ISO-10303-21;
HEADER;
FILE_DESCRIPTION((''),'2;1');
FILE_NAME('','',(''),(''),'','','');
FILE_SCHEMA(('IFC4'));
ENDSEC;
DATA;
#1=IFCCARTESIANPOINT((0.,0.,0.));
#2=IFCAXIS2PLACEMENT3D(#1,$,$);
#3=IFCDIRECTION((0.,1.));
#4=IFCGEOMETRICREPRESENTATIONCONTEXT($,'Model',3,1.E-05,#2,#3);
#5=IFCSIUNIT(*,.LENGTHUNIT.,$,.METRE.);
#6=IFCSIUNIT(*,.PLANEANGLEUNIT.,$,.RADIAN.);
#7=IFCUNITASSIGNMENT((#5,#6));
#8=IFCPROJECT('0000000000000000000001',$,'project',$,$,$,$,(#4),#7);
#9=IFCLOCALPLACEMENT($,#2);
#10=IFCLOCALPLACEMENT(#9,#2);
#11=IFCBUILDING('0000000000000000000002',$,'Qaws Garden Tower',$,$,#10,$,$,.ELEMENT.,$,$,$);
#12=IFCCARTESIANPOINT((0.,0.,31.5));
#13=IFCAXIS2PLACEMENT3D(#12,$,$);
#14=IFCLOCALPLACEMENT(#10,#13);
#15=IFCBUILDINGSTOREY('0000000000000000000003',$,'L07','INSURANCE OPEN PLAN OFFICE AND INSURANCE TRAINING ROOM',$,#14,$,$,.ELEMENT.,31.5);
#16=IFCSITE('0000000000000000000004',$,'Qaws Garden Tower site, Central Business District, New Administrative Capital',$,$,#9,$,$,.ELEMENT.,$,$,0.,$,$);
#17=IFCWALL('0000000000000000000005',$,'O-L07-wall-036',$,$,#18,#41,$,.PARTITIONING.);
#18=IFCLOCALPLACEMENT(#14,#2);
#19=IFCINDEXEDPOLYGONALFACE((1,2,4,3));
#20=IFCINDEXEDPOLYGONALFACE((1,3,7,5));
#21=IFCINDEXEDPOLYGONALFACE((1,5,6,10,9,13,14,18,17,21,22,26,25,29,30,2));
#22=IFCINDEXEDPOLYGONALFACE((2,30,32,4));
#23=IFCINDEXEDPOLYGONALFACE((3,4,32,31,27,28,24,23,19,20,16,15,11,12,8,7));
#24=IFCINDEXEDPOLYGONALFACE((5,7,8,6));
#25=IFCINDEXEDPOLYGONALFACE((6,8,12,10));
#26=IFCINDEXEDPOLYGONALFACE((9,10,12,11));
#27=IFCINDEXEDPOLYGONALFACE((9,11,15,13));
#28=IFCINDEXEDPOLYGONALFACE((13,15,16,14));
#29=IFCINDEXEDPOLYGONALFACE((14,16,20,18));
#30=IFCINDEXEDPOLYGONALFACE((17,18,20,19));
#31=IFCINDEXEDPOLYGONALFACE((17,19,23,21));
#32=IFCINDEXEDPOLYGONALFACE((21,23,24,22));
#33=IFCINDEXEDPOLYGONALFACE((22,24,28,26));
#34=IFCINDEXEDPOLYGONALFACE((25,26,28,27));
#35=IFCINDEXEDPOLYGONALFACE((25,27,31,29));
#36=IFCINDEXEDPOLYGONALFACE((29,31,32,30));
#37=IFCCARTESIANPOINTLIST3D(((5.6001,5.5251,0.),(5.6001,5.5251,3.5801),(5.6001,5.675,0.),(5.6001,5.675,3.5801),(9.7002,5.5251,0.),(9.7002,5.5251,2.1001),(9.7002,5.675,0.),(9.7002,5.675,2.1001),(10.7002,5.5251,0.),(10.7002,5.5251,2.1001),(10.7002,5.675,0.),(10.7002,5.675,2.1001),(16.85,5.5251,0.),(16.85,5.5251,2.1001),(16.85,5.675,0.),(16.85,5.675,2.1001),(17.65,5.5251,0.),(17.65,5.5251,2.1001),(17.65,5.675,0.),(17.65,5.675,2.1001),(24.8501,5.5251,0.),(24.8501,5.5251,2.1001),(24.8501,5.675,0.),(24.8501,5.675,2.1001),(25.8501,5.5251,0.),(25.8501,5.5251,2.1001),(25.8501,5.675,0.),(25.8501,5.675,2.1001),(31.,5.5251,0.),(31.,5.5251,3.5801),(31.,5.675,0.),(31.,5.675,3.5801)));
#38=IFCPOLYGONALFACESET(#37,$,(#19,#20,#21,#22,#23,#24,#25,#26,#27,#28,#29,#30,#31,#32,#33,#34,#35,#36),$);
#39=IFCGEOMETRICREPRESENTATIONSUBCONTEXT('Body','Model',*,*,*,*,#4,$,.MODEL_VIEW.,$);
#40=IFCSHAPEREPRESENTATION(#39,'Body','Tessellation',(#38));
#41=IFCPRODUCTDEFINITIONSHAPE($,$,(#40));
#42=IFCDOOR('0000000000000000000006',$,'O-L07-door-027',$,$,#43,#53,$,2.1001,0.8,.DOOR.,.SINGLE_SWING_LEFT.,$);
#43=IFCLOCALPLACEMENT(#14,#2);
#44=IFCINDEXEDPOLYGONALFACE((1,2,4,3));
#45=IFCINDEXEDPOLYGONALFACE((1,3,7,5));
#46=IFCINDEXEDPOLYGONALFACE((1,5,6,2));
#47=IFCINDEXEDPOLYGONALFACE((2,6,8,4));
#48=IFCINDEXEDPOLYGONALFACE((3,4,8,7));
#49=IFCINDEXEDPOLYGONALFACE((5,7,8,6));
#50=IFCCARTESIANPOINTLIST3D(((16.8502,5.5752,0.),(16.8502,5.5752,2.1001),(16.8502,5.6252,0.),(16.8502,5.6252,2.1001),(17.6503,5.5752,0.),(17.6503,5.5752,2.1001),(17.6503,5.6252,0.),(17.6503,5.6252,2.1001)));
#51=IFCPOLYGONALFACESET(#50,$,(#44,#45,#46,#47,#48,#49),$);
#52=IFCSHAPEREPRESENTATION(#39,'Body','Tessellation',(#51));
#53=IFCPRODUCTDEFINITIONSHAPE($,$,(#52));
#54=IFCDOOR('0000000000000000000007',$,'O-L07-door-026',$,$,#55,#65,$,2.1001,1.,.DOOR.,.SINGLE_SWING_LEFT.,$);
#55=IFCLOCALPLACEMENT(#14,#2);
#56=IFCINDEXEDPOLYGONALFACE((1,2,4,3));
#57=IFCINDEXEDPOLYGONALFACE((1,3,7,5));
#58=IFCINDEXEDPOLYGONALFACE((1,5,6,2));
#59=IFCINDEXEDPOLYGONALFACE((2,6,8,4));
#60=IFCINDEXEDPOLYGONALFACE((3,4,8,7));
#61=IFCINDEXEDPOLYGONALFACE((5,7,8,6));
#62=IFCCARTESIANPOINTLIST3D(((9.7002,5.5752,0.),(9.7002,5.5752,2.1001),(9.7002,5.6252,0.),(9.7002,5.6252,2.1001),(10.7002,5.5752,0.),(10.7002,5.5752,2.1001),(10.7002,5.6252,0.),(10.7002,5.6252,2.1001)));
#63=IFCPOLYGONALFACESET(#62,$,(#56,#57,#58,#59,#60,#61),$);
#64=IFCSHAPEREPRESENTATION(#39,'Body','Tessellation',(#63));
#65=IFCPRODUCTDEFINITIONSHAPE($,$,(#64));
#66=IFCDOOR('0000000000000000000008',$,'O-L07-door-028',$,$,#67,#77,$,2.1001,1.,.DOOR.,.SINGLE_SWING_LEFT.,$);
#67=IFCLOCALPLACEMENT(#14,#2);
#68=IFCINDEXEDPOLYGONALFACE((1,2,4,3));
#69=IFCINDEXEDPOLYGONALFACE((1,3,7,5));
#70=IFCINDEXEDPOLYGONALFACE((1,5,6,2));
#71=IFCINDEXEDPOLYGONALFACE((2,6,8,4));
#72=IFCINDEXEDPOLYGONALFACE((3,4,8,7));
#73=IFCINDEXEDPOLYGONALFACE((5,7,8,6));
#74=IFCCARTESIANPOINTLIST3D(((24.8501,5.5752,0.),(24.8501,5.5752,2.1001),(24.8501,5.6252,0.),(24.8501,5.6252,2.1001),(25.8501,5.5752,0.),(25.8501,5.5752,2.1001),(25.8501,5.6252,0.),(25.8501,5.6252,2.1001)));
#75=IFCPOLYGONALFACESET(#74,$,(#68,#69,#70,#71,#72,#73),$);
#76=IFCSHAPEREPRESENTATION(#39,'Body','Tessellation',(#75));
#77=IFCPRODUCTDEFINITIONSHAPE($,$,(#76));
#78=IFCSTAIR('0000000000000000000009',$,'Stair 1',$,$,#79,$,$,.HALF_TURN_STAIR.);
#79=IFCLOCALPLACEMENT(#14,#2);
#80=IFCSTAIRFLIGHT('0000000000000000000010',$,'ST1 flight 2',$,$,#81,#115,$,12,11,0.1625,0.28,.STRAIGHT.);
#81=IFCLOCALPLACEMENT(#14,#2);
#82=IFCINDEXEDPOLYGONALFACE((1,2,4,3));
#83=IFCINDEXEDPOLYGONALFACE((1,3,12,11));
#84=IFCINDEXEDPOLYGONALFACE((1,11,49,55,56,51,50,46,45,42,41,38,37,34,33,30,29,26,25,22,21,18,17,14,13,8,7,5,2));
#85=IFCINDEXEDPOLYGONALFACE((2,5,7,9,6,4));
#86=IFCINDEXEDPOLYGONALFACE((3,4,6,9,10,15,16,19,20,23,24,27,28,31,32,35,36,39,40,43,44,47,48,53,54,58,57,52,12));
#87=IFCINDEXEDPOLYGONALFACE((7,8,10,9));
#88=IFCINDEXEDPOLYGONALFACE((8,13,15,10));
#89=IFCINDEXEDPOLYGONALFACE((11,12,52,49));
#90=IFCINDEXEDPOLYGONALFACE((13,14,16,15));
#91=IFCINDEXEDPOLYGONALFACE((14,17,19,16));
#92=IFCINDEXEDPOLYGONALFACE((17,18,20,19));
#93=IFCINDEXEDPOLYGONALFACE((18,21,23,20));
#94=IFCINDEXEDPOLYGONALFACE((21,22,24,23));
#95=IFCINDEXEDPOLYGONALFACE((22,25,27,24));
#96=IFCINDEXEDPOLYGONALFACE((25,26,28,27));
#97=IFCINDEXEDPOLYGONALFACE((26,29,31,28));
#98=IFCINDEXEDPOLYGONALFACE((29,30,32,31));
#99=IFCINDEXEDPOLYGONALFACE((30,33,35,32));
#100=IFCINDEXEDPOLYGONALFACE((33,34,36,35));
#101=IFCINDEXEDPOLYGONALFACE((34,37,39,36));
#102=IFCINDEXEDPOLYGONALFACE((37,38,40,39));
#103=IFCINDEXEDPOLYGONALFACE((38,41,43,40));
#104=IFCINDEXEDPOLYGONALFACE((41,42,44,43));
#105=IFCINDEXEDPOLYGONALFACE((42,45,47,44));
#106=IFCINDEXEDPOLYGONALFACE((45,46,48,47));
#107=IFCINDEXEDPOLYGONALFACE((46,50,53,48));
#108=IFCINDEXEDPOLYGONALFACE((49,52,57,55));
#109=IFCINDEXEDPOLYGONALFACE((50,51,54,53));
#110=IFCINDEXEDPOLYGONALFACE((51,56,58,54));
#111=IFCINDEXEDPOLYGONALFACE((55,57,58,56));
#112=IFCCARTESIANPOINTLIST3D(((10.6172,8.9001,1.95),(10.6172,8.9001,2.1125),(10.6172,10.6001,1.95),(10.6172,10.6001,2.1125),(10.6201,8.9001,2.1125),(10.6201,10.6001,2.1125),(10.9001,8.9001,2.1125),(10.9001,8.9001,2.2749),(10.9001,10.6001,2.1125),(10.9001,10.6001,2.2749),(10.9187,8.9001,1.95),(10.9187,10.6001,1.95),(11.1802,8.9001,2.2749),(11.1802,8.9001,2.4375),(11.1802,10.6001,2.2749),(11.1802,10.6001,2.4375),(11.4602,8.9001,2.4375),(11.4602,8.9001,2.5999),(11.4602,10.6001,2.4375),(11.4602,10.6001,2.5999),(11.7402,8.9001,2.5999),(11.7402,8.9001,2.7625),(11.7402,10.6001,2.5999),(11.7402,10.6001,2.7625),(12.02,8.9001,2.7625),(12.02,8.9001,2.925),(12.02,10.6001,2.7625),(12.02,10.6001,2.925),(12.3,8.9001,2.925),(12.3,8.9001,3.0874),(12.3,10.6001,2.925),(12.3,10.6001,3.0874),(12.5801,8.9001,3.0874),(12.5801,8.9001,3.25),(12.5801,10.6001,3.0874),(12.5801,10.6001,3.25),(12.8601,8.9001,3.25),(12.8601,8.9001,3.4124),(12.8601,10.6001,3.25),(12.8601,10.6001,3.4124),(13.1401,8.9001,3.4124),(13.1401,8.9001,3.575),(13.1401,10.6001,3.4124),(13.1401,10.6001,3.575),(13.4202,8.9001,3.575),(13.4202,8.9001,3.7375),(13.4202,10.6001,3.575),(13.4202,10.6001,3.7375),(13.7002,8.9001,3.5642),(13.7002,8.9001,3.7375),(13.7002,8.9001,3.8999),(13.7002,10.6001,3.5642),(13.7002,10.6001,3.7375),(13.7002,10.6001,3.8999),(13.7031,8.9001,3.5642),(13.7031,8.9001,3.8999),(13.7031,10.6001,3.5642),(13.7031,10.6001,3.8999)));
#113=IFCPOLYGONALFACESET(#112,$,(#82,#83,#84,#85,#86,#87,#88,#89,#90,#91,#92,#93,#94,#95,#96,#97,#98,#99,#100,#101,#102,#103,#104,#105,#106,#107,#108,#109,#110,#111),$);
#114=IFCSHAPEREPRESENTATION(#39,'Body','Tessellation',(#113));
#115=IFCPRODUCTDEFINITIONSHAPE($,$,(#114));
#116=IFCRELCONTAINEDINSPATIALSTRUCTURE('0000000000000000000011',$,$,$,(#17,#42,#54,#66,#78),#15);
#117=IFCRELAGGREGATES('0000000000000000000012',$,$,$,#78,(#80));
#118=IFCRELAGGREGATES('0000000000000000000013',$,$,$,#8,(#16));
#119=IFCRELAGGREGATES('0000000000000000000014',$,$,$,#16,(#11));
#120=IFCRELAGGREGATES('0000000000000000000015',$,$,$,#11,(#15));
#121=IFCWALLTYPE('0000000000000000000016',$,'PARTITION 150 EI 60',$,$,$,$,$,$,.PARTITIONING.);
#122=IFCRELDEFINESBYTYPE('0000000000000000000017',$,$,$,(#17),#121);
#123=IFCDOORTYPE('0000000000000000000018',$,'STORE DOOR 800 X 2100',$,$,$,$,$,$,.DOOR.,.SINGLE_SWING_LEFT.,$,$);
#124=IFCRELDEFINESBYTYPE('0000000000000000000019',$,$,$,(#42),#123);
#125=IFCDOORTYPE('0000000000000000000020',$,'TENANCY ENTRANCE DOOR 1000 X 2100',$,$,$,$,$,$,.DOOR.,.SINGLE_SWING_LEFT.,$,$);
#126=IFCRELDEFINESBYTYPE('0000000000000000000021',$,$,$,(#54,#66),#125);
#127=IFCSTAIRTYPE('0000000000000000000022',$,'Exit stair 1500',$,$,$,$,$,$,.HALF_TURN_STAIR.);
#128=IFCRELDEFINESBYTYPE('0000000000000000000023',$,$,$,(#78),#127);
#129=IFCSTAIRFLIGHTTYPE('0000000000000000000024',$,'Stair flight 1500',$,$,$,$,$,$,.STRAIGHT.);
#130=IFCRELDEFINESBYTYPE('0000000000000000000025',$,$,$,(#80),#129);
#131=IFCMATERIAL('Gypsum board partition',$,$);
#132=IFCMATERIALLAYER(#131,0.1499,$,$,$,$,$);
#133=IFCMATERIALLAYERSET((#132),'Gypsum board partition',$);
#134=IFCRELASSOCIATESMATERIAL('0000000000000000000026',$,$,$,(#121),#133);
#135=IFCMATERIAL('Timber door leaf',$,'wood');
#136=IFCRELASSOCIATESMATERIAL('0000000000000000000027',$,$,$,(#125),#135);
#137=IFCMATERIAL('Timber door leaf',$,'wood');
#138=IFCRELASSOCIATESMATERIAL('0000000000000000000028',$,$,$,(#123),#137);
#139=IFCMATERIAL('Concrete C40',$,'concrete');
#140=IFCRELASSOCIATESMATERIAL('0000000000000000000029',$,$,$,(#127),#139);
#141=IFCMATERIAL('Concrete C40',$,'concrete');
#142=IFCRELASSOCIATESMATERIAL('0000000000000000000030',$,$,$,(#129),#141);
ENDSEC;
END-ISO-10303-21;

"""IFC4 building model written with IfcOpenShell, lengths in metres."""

from ifc_helpers import new_model, si_unit, direction, frame, frame_2d, origin, place, context, subcontext, project, spatial, polyline, rectangle, outline, extrude, material, layer, layer_set, type_object, element, fill, aggregate, save


model = new_model("IFC4")

# Units and contexts
model_context = context("Model", 3, precision=1e-05, world=origin(), true_north=direction((0.0, 1.0)))
body_context = subcontext(model_context, "Body", "Model", "MODEL_VIEW")
ifc_project = project(units=[si_unit("LENGTHUNIT", "METRE"), si_unit("PLANEANGLEUNIT", "RADIAN")], contexts=[model_context])

# Site, building, storey
site_placement = place(None, origin())
site = spatial("IfcSite", under=ifc_project, at=site_placement, Name="Qaws Garden Tower site, Central Business District, New Administrative Capital", CompositionType="ELEMENT", RefElevation=0.0)
building_placement = place(site_placement, origin())
building = spatial("IfcBuilding", under=site, at=building_placement, Name="Qaws Garden Tower", CompositionType="ELEMENT")
storey_placement = place(building_placement, frame((0.0, 0.0, 31.5)))
storey = spatial("IfcBuildingStorey", under=building, at=storey_placement, Name="L07", Description="INSURANCE OPEN PLAN OFFICE AND INSURANCE TRAINING ROOM", CompositionType="ELEMENT", Elevation=31.5)

# Wall, openings, doors
ifc_material_1 = material(Name="Gypsum board partition")
ifc_layer_1 = layer(ifc_material_1, 0.1499)
ifc_layer_set_1 = layer_set([ifc_layer_1], Name="Gypsum board partition")
wall_type_1 = type_object("IfcWallType", Name="PARTITION 150 EI 60", PredefinedType="PARTITIONING", material=ifc_layer_set_1)
ifc_material_2 = material(Name="Timber door leaf", Category="wood")
door_type_1 = type_object("IfcDoorType", Name="TENANCY ENTRANCE DOOR 1000 X 2100", OperationType="SINGLE_SWING_LEFT", PredefinedType="DOOR", material=ifc_material_2)
wall_1_placement = place(storey_placement, frame((5.6001, 5.6001, 0.0), z_axis=(0.0, 0.0, 1.0), x_axis=(1.0, 0.0, 0.0)))
wall_1 = element("IfcWall", 1, at=wall_1_placement, inside=storey, type_object=wall_type_1, Name="O-L07-wall-036", PredefinedType="PARTITIONING", context=body_context, shape_type="SweptSolid", body=[
    extrude(rectangle(XDim=25.3999, YDim=0.1499, at=frame_2d((12.7, 0.0))), origin(), (0.0, 0.0, 1.0), 3.5801),
])
opening_1_placement = place(wall_1_placement, frame((4.1001, 0.0, 0.0)))
opening_1 = element("IfcOpeningElement", 2, at=opening_1_placement, cuts=wall_1, PredefinedType="OPENING", context=body_context, shape_type="SweptSolid", body=[
    extrude(rectangle(XDim=1.0, YDim=2.1001, at=frame_2d((0.5, 1.05))), frame((0.0, 0.085, 0.0), z_axis=(0.0, -1.0, 0.0), x_axis=(1.0, 0.0, 0.0)), (0.0, 0.0, 1.0), 0.1699),
])
opening_2_placement = place(wall_1_placement, frame((11.25, 0.0, 0.0)))
opening_2 = element("IfcOpeningElement", 3, at=opening_2_placement, cuts=wall_1, PredefinedType="OPENING", context=body_context, shape_type="SweptSolid", body=[
    extrude(rectangle(XDim=0.8, YDim=2.1001, at=frame_2d((0.3999, 1.05))), frame((0.0, 0.085, 0.0), z_axis=(0.0, -1.0, 0.0), x_axis=(1.0, 0.0, 0.0)), (0.0, 0.0, 1.0), 0.1699),
])
opening_3_placement = place(wall_1_placement, frame((19.25, 0.0, 0.0)))
opening_3 = element("IfcOpeningElement", 4, at=opening_3_placement, cuts=wall_1, PredefinedType="OPENING", context=body_context, shape_type="SweptSolid", body=[
    extrude(rectangle(XDim=1.0, YDim=2.1001, at=frame_2d((0.5, 1.05))), frame((0.0, 0.085, 0.0), z_axis=(0.0, -1.0, 0.0), x_axis=(1.0, 0.0, 0.0)), (0.0, 0.0, 1.0), 0.1699),
])
ifc_material_3 = material(Name="Timber door leaf", Category="wood")
door_type_2 = type_object("IfcDoorType", Name="STORE DOOR 800 X 2100", OperationType="SINGLE_SWING_LEFT", PredefinedType="DOOR", material=ifc_material_3)
door_1_placement = place(opening_2_placement, frame((0.8, 0.0, 0.0), z_axis=(0.0, 0.0, 1.0), x_axis=(-1.0, 0.0, 0.0)))
door_1 = element("IfcDoor", 5, at=door_1_placement, inside=storey, type_object=door_type_2, Name="O-L07-door-027", OperationType="SINGLE_SWING_LEFT", OverallHeight=2.1001, OverallWidth=0.8, PredefinedType="DOOR", context=body_context, shape_type="SweptSolid", body=[
    extrude(rectangle(XDim=0.8, YDim=2.1001, at=frame_2d((0.3999, 1.05))), frame((0.0, 0.0249, 0.0), z_axis=(0.0, -1.0, 0.0), x_axis=(1.0, 0.0, 0.0)), (0.0, 0.0, 1.0), 0.05),
])
fill(opening_2, door_1)
door_2_placement = place(opening_1_placement, frame((1.0, 0.0, 0.0), z_axis=(0.0, 0.0, 1.0), x_axis=(-1.0, 0.0, 0.0)))
door_2 = element("IfcDoor", 6, at=door_2_placement, inside=storey, type_object=door_type_1, Name="O-L07-door-026", OperationType="SINGLE_SWING_LEFT", OverallHeight=2.1001, OverallWidth=1.0, PredefinedType="DOOR", context=body_context, shape_type="SweptSolid", body=[
    extrude(rectangle(XDim=1.0, YDim=2.1001, at=frame_2d((0.5, 1.05))), frame((0.0, 0.0249, 0.0), z_axis=(0.0, -1.0, 0.0), x_axis=(1.0, 0.0, 0.0)), (0.0, 0.0, 1.0), 0.05),
])
fill(opening_1, door_2)
door_3_placement = place(opening_3_placement, frame((1.0, 0.0, 0.0), z_axis=(0.0, 0.0, 1.0), x_axis=(-1.0, 0.0, 0.0)))
door_3 = element("IfcDoor", 7, at=door_3_placement, inside=storey, type_object=door_type_1, Name="O-L07-door-028", OperationType="SINGLE_SWING_LEFT", OverallHeight=2.1001, OverallWidth=1.0, PredefinedType="DOOR", context=body_context, shape_type="SweptSolid", body=[
    extrude(rectangle(XDim=1.0, YDim=2.1001, at=frame_2d((0.5, 1.05))), frame((0.0, 0.0249, 0.0), z_axis=(0.0, -1.0, 0.0), x_axis=(1.0, 0.0, 0.0)), (0.0, 0.0, 1.0), 0.05),
])
fill(opening_3, door_3)

# Stair, stair flight
ifc_material_4 = material(Name="Concrete C40", Category="concrete")
stair_type = type_object("IfcStairType", Name="Exit stair 1500", PredefinedType="HALF_TURN_STAIR", material=ifc_material_4)
stair_placement = place(storey_placement, origin())
stair = element("IfcStair", 8, at=stair_placement, inside=storey, type_object=stair_type, Name="Stair 1", PredefinedType="HALF_TURN_STAIR")
ifc_material_5 = material(Name="Concrete C40", Category="concrete")
stair_flight_type = type_object("IfcStairFlightType", Name="Stair flight 1500", PredefinedType="STRAIGHT", material=ifc_material_5)
stair_flight_placement = place(storey_placement, frame((10.6201, 9.75, 1.95), z_axis=(0.0, 0.0, 1.0), x_axis=(1.0, 0.0, 0.0)))
stair_flight = element("IfcStairFlight", 9, at=stair_flight_placement, type_object=stair_flight_type, Name="ST1 flight 2", NumberOfRisers=12, NumberOfTreads=11, PredefinedType="STRAIGHT", RiserHeight=0.1625, TreadLength=0.28, context=body_context, shape_type="SweptSolid", body=[
    extrude(outline(polyline([(-0.0029, 0.0), (-0.0029, 0.1626), (0.0, 0.1626), (0.28, 0.1626), (0.28, 0.325), (0.5601, 0.325), (0.5601, 0.4875), (0.8401, 0.4875), (0.8401, 0.6499), (1.1201, 0.6499), (1.1201, 0.8125), (1.3999, 0.8125), (1.3999, 0.9751), (1.6799, 0.9751), (1.6799, 1.1375), (1.96, 1.1375), (1.96, 1.3), (2.24, 1.3), (2.24, 1.4624), (2.52, 1.4624), (2.52, 1.625), (2.8, 1.625), (2.8, 1.7876), (3.0801, 1.7876), (3.0801, 1.95), (3.083, 1.95), (3.083, 1.6143), (3.0801, 1.6143), (0.2986, 0.0), (-0.0029, 0.0)])), frame((0.0, 0.8501, 0.0), z_axis=(0.0, -1.0, 0.0), x_axis=(1.0, 0.0, 0.0)), (0.0, 0.0, 1.0), 1.7),
])
aggregate(stair, [stair_flight])

save(model, "model.ifc")
